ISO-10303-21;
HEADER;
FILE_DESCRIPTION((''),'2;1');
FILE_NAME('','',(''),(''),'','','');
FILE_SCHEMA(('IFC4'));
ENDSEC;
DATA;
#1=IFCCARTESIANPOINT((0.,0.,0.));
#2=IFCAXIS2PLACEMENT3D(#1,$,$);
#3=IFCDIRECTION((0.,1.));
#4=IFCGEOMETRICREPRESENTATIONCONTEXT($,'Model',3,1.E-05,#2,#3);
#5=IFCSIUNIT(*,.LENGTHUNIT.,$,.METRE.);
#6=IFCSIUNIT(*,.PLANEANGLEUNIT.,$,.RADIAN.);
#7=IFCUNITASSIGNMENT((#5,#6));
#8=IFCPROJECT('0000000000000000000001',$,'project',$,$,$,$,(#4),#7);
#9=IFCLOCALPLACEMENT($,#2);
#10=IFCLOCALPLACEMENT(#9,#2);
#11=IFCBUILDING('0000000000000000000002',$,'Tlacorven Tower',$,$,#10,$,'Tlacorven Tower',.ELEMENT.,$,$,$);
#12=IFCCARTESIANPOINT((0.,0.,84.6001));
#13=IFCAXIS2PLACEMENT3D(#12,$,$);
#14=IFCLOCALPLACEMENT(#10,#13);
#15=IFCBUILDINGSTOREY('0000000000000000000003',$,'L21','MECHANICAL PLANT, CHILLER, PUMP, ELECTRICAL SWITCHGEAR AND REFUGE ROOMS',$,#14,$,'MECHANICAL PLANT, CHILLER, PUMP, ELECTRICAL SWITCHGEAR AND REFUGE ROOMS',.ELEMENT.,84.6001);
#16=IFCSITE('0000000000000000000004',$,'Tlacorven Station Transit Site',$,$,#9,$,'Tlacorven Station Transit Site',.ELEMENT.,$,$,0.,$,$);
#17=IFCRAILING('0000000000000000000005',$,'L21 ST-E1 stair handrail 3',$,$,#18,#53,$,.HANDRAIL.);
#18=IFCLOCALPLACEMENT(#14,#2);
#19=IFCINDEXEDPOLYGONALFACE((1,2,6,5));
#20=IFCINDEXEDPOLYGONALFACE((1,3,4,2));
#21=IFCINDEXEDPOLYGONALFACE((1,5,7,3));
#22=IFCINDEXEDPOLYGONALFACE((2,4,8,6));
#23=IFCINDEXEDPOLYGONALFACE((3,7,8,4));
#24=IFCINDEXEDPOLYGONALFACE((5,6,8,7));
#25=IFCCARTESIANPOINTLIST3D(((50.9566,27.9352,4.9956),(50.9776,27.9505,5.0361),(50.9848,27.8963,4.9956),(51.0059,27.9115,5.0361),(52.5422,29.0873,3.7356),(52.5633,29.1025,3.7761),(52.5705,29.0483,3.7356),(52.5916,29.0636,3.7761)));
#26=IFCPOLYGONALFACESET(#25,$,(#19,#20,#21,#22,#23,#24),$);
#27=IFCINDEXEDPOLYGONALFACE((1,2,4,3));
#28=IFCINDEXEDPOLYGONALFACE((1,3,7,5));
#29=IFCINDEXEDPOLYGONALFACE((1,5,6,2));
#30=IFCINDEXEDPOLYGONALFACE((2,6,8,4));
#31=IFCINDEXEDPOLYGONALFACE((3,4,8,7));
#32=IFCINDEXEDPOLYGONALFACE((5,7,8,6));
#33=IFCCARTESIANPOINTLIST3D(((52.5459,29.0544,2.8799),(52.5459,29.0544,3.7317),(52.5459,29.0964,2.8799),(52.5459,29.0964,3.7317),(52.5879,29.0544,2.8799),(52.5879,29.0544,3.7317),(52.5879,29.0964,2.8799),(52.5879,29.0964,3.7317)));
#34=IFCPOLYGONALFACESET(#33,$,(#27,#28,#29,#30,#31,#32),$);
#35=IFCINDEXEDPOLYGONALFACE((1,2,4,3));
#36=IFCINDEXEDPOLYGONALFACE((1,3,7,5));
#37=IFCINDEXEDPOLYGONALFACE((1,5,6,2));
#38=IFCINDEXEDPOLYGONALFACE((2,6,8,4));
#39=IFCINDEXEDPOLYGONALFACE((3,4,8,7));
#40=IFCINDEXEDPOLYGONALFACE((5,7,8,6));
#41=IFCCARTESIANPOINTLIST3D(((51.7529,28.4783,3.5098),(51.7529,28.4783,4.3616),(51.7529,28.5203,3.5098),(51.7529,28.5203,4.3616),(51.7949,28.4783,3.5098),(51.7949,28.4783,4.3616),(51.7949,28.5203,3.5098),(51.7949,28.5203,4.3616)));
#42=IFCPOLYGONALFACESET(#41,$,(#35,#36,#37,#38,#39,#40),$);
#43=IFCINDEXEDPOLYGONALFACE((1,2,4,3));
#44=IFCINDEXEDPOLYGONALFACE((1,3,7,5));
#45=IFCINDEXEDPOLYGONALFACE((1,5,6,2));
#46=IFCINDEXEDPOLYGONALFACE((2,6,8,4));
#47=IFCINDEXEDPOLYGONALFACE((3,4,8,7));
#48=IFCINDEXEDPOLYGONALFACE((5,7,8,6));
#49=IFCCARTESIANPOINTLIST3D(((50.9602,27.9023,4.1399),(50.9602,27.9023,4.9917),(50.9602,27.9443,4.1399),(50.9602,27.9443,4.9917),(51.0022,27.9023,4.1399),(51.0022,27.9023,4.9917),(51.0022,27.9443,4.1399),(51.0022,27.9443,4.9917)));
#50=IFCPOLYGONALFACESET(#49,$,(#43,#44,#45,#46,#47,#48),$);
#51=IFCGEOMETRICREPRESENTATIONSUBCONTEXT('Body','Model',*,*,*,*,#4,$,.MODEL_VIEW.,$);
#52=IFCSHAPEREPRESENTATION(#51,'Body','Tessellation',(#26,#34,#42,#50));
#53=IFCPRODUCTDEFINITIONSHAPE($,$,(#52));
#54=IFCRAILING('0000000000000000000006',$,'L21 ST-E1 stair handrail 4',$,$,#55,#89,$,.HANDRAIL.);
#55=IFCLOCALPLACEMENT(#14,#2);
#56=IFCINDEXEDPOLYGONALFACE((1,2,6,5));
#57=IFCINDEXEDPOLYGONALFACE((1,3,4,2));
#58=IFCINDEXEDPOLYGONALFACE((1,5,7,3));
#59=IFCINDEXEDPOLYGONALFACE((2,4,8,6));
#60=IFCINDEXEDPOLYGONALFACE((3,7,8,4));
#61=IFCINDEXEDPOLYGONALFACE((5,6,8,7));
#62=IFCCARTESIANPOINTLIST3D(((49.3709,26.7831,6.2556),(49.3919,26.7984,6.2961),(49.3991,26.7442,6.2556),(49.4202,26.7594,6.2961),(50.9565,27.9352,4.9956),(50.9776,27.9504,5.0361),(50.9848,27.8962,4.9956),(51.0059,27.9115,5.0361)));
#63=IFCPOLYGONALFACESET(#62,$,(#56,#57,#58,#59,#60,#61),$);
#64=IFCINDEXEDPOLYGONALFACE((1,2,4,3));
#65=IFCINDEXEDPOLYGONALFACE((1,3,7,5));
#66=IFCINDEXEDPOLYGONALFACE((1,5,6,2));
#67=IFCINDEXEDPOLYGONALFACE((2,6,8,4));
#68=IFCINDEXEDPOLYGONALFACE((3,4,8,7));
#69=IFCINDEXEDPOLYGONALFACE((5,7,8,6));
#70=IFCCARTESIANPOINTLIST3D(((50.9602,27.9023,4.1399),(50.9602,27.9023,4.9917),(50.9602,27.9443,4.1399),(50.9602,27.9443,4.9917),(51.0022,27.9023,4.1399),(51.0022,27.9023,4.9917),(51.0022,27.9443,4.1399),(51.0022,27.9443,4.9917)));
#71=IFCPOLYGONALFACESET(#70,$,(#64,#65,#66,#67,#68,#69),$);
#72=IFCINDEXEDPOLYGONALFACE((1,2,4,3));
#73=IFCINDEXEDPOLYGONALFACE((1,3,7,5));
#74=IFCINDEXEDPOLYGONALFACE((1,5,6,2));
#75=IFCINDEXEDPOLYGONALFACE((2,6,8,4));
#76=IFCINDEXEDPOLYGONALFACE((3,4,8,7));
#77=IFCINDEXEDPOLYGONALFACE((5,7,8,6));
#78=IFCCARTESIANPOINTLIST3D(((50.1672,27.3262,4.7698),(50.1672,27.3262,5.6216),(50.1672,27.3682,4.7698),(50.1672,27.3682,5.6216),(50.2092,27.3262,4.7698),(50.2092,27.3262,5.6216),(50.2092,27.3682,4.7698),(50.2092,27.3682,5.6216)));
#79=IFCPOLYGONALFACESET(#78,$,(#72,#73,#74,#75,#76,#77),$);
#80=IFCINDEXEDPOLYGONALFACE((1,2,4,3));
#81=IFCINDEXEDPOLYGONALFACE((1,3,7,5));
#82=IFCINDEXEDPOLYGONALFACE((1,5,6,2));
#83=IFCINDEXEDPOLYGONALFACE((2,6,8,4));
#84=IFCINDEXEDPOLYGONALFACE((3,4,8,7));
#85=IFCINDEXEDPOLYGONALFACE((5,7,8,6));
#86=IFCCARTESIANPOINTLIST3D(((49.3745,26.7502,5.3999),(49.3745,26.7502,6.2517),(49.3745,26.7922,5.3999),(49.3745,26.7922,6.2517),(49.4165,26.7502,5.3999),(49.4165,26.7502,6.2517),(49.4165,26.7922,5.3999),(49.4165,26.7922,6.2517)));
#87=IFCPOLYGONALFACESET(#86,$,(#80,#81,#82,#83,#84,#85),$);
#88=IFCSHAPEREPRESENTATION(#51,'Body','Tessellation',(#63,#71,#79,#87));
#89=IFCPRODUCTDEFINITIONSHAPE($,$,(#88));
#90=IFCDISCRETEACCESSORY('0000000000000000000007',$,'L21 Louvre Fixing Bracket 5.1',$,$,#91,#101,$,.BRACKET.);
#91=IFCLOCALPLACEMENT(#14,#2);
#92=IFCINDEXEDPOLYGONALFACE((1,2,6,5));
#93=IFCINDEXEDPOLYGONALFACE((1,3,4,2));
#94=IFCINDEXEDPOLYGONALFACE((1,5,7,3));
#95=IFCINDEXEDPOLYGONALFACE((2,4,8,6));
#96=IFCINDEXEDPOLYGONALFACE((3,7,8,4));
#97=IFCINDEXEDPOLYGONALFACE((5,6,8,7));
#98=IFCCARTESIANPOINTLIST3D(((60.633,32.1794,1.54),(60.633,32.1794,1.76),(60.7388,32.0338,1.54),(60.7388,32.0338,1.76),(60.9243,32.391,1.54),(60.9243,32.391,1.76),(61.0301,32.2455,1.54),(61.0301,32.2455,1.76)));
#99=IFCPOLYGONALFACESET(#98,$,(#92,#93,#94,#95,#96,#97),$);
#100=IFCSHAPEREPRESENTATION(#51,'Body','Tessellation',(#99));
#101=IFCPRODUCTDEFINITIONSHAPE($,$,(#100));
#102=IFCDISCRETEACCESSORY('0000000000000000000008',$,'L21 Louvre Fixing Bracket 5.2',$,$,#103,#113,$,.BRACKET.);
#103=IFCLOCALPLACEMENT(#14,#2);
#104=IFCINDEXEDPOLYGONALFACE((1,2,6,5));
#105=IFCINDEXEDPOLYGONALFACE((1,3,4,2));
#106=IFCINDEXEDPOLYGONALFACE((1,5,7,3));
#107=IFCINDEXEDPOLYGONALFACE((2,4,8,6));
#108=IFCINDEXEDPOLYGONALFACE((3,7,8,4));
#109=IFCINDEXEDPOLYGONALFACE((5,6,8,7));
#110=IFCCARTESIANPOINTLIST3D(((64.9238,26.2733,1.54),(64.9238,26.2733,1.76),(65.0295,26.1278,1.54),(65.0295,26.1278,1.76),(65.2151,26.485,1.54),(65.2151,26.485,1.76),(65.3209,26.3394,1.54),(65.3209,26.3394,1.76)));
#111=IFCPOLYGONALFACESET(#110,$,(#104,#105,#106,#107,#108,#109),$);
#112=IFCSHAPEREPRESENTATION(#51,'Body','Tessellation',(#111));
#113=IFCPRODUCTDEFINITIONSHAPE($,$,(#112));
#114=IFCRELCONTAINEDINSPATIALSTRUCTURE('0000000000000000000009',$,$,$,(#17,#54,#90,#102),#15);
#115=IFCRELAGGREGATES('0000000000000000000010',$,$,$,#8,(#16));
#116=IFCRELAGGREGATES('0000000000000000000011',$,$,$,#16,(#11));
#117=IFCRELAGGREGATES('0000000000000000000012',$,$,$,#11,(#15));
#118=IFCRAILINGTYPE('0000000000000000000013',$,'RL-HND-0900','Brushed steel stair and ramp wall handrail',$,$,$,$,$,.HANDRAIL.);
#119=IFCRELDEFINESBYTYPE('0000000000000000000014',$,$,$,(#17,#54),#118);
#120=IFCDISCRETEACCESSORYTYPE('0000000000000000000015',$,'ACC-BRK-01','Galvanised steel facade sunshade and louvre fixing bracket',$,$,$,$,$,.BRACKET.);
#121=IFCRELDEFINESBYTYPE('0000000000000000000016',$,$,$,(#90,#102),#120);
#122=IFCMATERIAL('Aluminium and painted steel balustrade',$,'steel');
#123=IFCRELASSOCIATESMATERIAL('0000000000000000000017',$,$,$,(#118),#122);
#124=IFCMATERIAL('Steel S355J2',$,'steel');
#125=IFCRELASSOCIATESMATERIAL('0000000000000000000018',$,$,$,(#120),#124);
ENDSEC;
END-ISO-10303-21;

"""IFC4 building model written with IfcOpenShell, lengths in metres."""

from ifc_helpers import new_model, si_unit, direction, frame, origin, origin_2d, place, context, subcontext, project, spatial, rectangle, extrude, source, transform, mapped, material, type_object, element, save


model = new_model("IFC4")

# Units and contexts
model_context = context("Model", 3, precision=1e-05, world=origin(), true_north=direction((0.0, 1.0)))
body_context = subcontext(model_context, "Body", "Model", "MODEL_VIEW")
ifc_project = project(units=[si_unit("LENGTHUNIT", "METRE"), si_unit("PLANEANGLEUNIT", "RADIAN")], contexts=[model_context])

# Site, building, storey
site_placement = place(None, origin())
site = spatial("IfcSite", under=ifc_project, at=site_placement, Name="Tlacorven Station Transit Site", LongName="Tlacorven Station Transit Site", CompositionType="ELEMENT", RefElevation=0.0)
building_placement = place(site_placement, origin())
building = spatial("IfcBuilding", under=site, at=building_placement, Name="Tlacorven Tower", LongName="Tlacorven Tower", CompositionType="ELEMENT")
storey_placement = place(building_placement, frame((0.0, 0.0, 84.6001)))
storey = spatial("IfcBuildingStorey", under=building, at=storey_placement, Name="L21", Description="MECHANICAL PLANT, CHILLER, PUMP, ELECTRICAL SWITCHGEAR AND REFUGE ROOMS", LongName="MECHANICAL PLANT, CHILLER, PUMP, ELECTRICAL SWITCHGEAR AND REFUGE ROOMS", CompositionType="ELEMENT", Elevation=84.6001)

# Shared definitions
ifc_material_1 = material(Name="Steel S355J2", Category="steel")

# Shared definitions
ifc_material_2 = material(Name="Aluminium and painted steel balustrade", Category="steel")

# Railings
railing_type_1 = type_object("IfcRailingType", Name="RL-HND-0900", Description="Brushed steel stair and ramp wall handrail", PredefinedType="HANDRAIL", material=ifc_material_2)
shared_shape_1 = source(origin(), body_context, "Body", "SweptSolid", [
    extrude(rectangle(XDim=0.0481, YDim=0.0481, at=origin_2d()), frame((0.0, 0.0, 0.876), z_axis=(-0.680525, -0.494441, 0.540753), x_axis=(0.587794, -0.809011, 0.0)), (0.0, 0.0, 1.0), 2.3301),
    extrude(rectangle(XDim=0.042, YDim=0.042, at=origin_2d()), origin(), (0.0, 0.0, 1.0), 0.8518),
    extrude(rectangle(XDim=0.042, YDim=0.042, at=origin_2d()), frame((-0.793, -0.5762, 0.6299)), (0.0, 0.0, 1.0), 0.8518),
    extrude(rectangle(XDim=0.042, YDim=0.042, at=origin_2d()), frame((-1.5857, -1.1521, 1.26)), (0.0, 0.0, 1.0), 0.8518),
])
for number, where, name in (
    (1, (52.5669, 29.0754, 2.8799), "L21 ST-E1 stair handrail 3"),
    (2, (50.9812, 27.9233, 4.1399), "L21 ST-E1 stair handrail 4"),
):
    element("IfcRailing", number, at=place(storey_placement, frame(where)), inside=storey, type_object=railing_type_1, Name=name, PredefinedType="HANDRAIL", context=body_context, shape_type="MappedRepresentation", body=[
        mapped(shared_shape_1, transform((0.0, 0.0, 0.0), scale=1.0)),
    ])

# Discrete accessories
discrete_accessory_type = type_object("IfcDiscreteAccessoryType", Name="ACC-BRK-01", Description="Galvanised steel facade sunshade and louvre fixing bracket", PredefinedType="BRACKET", material=ifc_material_1)
shared_shape_2 = source(origin(), body_context, "Body", "SweptSolid", [
    extrude(rectangle(XDim=0.1799, YDim=0.3601, at=origin_2d()), origin(), (0.0, 0.0, 1.0), 0.22),
])
for number, where, z_axis, x_axis, name in (
    (3, (60.8315, 32.2124, 1.54), (0.0, 0.0, 1.0), (0.587785, -0.809017, 0.0), "L21 Louvre Fixing Bracket 5.1"),
    (4, (65.1223, 26.3064, 1.54), (0.0, 0.0, 1.0), (0.587785, -0.809017, 0.0), "L21 Louvre Fixing Bracket 5.2"),
):
    element("IfcDiscreteAccessory", number, at=place(storey_placement, frame(where, z_axis=z_axis, x_axis=x_axis)), inside=storey, type_object=discrete_accessory_type, Name=name, PredefinedType="BRACKET", context=body_context, shape_type="MappedRepresentation", body=[
        mapped(shared_shape_2, transform((0.0, 0.0, 0.0), scale=1.0)),
    ])

save(model, "model.ifc")
